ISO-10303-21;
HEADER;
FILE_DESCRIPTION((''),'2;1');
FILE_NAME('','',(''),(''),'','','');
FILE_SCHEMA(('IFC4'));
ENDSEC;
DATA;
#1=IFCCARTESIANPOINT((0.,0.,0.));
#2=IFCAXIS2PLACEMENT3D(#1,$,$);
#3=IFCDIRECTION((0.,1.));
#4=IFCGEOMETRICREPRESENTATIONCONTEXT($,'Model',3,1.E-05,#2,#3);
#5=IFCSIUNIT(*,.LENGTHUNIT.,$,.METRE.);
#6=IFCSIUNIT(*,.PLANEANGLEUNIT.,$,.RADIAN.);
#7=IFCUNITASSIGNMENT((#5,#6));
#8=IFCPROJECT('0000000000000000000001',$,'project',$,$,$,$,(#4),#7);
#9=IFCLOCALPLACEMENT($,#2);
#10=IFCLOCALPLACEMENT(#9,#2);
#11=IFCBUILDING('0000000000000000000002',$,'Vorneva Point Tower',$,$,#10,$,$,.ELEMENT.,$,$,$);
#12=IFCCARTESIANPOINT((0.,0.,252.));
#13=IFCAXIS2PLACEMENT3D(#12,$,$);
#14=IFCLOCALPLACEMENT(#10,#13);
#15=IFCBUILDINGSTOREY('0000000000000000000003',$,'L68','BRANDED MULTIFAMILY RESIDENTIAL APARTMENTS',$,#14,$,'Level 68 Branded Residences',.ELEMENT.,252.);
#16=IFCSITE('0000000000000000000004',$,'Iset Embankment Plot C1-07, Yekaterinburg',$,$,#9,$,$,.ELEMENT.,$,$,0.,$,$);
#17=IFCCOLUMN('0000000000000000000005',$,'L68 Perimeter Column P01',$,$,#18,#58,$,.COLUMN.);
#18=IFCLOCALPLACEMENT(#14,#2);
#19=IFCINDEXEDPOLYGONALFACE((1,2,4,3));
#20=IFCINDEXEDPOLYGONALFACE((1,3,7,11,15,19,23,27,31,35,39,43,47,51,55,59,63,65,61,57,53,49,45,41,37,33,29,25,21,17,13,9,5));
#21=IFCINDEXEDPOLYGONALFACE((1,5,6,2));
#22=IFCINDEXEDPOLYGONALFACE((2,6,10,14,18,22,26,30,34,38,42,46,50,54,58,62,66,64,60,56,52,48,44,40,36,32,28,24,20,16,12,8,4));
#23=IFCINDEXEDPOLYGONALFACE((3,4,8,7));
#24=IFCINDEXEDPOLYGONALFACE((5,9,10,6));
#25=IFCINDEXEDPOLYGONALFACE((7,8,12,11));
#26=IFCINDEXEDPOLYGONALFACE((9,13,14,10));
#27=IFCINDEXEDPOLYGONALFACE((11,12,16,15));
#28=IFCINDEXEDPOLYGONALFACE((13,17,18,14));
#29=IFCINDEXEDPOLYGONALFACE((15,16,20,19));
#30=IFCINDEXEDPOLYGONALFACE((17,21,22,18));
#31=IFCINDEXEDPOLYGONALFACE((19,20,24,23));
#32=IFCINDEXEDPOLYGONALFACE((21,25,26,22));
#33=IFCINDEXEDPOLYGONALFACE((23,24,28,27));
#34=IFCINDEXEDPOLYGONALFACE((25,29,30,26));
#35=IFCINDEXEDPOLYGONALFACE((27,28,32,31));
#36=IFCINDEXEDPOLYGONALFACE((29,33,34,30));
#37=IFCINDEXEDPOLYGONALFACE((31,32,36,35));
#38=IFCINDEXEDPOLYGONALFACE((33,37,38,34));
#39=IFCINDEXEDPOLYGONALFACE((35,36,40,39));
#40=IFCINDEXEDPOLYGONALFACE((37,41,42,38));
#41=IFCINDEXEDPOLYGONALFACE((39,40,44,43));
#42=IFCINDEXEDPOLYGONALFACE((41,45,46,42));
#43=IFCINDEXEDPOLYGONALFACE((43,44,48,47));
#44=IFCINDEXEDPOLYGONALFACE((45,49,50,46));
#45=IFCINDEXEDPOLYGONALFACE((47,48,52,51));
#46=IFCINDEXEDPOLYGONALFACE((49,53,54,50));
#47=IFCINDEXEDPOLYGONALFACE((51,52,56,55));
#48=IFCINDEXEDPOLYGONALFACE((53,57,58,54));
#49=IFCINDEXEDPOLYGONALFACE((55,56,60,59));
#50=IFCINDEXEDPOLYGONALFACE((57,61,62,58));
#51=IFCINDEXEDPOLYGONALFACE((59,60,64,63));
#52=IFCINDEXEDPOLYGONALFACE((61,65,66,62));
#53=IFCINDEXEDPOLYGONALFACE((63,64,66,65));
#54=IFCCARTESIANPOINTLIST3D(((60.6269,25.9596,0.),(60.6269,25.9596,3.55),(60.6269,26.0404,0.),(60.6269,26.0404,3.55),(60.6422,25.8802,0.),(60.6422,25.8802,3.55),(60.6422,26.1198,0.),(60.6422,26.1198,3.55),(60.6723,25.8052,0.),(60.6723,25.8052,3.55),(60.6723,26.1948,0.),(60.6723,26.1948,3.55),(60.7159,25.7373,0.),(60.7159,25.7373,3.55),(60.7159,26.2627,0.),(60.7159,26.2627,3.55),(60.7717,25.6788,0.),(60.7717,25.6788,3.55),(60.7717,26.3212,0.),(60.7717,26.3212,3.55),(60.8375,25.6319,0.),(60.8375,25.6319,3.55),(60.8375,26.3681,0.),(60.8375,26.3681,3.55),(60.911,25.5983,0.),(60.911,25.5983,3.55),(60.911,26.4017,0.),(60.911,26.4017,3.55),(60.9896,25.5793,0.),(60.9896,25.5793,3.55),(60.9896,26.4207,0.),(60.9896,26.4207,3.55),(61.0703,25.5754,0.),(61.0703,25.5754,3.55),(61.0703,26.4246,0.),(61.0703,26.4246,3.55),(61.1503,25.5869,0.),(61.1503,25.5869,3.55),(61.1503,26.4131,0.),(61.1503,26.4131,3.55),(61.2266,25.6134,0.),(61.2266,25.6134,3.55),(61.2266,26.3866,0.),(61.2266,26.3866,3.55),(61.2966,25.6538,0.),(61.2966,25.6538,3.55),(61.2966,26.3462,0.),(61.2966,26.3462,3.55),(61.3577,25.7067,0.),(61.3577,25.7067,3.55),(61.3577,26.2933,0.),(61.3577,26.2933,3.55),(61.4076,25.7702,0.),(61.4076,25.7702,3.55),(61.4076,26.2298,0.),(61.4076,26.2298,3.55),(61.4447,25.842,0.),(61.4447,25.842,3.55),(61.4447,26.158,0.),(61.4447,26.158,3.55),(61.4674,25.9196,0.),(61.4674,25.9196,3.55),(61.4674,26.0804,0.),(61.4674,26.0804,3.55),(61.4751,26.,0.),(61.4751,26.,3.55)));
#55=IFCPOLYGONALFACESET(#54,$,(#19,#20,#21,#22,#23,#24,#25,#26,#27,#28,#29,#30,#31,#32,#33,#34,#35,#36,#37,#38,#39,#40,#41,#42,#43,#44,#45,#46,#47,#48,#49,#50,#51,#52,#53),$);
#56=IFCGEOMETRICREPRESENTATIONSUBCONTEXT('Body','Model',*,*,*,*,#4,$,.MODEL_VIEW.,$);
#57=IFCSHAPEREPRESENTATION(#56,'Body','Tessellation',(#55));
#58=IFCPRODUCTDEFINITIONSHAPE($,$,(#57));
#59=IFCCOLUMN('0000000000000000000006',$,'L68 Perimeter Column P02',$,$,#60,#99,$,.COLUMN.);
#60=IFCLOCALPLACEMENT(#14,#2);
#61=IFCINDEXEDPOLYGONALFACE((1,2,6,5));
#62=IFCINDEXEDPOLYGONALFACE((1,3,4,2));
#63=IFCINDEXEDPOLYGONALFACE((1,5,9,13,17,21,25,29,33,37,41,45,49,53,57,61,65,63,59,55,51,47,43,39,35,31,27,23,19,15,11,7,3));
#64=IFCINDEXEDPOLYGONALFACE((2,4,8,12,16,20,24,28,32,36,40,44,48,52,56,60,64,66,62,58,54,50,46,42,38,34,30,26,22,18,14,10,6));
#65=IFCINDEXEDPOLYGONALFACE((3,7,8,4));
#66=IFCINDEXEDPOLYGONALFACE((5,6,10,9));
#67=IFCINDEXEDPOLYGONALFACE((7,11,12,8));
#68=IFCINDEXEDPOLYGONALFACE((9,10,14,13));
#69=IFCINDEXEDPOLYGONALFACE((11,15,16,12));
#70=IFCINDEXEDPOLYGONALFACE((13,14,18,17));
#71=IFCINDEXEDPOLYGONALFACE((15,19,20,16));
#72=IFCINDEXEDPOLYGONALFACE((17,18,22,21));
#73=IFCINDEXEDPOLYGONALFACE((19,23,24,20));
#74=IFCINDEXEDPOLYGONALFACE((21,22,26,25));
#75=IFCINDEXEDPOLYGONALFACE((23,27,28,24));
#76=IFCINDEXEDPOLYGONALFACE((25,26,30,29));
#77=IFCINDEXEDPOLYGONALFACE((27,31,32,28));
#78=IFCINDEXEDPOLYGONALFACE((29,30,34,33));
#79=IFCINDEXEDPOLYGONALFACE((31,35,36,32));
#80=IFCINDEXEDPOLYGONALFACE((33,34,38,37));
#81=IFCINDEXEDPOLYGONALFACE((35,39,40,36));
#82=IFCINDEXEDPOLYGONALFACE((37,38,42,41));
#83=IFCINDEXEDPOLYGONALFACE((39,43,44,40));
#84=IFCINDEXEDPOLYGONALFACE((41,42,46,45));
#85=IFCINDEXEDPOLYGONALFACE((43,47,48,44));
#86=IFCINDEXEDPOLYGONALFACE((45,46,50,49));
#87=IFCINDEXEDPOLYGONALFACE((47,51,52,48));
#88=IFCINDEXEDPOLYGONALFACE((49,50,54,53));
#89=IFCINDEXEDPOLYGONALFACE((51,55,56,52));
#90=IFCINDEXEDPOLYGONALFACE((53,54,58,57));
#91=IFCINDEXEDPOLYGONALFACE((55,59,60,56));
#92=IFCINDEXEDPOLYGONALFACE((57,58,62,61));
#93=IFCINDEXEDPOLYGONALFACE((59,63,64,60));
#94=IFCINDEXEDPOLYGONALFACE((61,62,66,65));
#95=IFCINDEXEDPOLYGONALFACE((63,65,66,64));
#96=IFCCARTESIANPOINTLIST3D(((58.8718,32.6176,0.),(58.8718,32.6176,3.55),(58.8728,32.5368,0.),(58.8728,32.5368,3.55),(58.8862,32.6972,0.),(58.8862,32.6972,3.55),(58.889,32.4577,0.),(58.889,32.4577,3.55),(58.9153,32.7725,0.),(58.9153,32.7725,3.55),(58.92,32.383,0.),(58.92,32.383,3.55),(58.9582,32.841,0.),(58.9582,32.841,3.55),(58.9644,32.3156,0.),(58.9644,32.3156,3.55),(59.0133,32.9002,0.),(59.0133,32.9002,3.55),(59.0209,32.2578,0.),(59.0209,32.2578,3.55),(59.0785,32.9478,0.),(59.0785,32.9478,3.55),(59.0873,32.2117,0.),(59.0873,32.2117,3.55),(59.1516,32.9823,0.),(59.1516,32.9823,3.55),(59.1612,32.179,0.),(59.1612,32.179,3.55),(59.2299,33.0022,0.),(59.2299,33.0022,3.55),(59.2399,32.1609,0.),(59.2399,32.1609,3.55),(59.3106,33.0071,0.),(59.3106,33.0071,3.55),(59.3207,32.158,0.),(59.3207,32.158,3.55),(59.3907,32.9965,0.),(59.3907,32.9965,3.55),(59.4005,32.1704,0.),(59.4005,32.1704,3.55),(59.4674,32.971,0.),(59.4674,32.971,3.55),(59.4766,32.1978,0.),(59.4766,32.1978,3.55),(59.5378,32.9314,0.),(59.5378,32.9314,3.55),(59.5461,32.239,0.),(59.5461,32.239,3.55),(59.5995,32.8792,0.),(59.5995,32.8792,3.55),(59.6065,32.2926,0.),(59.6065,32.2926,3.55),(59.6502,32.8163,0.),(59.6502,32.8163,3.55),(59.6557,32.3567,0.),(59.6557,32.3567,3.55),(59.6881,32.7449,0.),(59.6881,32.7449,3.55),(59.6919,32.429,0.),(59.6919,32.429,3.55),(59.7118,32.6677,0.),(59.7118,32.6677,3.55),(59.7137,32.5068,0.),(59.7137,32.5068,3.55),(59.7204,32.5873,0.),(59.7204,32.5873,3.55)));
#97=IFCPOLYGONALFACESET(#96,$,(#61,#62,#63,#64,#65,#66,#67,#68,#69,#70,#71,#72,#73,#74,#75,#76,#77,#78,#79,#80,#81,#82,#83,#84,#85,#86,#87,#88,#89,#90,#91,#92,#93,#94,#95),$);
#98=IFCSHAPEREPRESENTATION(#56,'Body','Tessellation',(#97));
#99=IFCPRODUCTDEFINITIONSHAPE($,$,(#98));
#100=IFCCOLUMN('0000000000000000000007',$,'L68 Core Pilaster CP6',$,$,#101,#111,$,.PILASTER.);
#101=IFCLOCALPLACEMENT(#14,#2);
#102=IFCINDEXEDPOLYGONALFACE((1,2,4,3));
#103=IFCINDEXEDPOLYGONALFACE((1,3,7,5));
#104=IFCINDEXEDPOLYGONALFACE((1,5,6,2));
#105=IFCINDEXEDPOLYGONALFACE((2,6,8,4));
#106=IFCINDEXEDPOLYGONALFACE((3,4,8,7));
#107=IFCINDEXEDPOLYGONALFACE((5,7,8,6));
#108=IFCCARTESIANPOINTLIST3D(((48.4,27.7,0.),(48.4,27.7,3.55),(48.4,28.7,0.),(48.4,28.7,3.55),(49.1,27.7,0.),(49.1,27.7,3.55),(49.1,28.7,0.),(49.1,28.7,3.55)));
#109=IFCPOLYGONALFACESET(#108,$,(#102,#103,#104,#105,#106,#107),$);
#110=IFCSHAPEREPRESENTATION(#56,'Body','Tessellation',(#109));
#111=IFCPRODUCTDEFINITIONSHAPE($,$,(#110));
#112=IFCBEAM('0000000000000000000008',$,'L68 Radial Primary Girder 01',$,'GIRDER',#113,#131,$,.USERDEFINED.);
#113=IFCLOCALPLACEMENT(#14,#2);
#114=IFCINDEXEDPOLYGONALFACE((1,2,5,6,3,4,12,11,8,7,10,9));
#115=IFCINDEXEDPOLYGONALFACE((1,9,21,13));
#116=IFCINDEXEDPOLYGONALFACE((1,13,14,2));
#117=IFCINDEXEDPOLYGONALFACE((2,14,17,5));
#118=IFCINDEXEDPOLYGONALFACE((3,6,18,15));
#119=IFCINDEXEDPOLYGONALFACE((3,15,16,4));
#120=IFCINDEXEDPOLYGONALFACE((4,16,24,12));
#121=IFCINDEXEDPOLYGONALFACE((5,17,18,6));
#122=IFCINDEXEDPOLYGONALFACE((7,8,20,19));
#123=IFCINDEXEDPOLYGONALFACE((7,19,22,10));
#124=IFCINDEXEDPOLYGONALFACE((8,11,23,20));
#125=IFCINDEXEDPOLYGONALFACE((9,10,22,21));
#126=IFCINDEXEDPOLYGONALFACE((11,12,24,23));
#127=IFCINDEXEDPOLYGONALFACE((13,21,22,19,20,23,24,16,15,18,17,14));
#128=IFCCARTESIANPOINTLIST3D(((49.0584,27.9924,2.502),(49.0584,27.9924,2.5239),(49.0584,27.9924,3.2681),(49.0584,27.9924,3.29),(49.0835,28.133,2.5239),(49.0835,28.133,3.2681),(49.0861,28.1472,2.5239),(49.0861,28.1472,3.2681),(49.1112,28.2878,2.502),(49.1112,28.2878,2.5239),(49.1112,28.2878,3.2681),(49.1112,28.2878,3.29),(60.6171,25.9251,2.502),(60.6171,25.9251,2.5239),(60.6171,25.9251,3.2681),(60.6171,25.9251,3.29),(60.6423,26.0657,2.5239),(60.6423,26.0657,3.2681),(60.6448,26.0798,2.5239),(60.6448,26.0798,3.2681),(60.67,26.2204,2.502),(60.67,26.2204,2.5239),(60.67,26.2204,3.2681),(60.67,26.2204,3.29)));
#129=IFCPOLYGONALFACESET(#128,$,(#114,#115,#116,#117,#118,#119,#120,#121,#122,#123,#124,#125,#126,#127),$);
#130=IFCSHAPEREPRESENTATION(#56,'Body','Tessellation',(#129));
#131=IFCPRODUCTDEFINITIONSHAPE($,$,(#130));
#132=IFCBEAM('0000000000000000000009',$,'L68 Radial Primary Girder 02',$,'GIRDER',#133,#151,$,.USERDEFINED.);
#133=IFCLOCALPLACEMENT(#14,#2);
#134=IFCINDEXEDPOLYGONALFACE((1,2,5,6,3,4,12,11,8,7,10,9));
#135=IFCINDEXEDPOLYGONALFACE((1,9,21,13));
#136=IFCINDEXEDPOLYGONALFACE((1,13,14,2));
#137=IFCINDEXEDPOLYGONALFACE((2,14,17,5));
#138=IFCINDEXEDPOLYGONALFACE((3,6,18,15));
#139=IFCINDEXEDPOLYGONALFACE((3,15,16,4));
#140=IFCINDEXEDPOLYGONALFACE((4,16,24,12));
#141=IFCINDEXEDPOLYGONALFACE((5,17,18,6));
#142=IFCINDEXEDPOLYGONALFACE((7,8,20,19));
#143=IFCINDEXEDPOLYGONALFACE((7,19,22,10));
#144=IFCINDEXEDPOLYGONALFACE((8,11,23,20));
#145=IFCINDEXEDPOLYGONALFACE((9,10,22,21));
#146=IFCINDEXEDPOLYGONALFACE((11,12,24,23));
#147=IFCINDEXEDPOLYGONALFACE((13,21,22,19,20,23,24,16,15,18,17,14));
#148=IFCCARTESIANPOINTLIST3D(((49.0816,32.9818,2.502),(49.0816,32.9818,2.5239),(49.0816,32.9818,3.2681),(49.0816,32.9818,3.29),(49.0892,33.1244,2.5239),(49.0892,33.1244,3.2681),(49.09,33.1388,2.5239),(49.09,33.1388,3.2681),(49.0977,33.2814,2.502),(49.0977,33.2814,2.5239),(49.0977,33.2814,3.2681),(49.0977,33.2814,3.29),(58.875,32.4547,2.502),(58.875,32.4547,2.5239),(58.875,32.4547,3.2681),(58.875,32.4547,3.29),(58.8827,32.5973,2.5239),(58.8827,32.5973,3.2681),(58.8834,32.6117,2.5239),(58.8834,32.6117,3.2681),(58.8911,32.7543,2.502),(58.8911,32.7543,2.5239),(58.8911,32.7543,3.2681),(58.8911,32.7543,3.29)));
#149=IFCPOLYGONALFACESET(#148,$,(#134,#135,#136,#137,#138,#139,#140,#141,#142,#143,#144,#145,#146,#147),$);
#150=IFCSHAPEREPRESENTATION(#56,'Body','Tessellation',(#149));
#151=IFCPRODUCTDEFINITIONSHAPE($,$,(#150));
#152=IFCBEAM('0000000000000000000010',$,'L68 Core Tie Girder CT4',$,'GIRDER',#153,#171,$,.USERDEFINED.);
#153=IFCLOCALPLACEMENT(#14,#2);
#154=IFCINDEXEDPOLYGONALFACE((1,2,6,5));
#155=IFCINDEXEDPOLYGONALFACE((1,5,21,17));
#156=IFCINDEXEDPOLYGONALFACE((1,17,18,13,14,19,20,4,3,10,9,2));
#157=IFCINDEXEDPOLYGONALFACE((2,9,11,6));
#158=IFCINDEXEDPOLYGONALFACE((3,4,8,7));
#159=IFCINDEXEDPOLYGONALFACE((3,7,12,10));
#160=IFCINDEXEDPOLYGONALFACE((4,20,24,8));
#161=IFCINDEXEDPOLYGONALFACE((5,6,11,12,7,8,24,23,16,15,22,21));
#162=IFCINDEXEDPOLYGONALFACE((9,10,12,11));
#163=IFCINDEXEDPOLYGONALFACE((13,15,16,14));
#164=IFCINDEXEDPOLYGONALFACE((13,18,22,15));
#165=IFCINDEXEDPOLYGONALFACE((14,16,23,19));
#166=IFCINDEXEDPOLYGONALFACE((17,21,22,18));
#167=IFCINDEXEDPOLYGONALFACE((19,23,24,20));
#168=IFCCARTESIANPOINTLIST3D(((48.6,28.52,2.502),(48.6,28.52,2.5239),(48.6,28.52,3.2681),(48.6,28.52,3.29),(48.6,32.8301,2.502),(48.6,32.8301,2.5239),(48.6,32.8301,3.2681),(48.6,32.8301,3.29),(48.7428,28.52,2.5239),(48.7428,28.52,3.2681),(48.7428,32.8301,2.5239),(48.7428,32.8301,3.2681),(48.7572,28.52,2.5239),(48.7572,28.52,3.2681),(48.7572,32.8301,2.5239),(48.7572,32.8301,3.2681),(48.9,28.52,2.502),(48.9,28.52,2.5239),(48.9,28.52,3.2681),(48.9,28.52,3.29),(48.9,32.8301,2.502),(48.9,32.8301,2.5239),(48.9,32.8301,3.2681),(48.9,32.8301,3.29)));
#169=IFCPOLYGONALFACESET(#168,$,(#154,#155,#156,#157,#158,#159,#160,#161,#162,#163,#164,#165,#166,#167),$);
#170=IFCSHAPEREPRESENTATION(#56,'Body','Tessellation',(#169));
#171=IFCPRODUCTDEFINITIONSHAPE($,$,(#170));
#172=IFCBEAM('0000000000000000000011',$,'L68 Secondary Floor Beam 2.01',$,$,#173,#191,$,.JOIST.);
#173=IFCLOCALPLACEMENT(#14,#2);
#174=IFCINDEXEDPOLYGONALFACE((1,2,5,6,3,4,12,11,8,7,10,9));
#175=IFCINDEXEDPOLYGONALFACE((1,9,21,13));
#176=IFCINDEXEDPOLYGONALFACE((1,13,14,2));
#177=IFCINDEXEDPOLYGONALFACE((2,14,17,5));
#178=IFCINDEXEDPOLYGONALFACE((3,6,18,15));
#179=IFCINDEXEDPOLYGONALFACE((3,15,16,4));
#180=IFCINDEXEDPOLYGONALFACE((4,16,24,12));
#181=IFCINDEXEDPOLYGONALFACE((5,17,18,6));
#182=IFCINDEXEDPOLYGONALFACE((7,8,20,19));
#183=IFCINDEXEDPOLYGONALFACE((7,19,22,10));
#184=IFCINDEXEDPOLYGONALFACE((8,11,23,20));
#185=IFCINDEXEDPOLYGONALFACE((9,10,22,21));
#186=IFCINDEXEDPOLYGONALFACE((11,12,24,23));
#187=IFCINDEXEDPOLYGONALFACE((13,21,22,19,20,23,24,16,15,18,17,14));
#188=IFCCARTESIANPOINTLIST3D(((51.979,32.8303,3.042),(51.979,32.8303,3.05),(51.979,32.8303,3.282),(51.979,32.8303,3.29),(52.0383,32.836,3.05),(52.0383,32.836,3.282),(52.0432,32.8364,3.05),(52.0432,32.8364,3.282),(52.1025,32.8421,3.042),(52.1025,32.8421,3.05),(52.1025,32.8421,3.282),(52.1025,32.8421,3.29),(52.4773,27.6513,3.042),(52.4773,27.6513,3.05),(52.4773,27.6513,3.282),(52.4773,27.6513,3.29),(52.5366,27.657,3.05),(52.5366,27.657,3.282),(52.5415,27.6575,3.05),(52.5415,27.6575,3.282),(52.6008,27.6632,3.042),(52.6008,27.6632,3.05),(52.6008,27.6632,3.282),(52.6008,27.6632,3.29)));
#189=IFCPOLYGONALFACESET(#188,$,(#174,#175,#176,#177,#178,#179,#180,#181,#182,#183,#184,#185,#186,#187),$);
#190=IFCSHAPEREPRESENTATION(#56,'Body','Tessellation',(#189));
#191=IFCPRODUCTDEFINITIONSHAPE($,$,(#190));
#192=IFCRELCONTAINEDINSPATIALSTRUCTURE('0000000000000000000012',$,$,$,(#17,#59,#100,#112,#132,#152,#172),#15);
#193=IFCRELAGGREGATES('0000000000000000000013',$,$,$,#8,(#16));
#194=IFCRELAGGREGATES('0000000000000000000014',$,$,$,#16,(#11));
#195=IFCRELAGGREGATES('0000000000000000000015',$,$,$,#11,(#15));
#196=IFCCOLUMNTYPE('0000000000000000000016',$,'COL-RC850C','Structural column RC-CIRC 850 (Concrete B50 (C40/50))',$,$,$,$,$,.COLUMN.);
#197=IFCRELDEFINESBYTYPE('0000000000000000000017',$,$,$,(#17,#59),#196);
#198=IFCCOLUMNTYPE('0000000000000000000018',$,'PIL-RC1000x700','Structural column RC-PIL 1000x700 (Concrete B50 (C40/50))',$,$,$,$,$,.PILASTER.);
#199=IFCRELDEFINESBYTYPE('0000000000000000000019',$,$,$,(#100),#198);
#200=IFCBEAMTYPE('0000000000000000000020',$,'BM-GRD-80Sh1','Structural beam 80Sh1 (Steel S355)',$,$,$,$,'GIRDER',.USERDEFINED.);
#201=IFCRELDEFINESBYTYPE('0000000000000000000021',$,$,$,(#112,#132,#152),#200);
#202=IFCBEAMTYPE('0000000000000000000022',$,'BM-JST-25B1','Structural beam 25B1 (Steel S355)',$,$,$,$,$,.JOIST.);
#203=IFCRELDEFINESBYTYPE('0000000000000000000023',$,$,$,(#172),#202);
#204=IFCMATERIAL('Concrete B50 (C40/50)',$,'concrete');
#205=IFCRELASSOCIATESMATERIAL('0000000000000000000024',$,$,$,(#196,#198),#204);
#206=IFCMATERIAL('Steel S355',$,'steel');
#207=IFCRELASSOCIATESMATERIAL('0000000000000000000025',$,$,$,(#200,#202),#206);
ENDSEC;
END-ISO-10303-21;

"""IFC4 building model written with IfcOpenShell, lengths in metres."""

from ifc_helpers import new_model, si_unit, direction, frame, origin, origin_2d, place, context, subcontext, project, spatial, rectangle, circle, i_section, extrude, material, material_profile, profile_set, type_object, element, save


model = new_model("IFC4")

# Units and contexts
model_context = context("Model", 3, precision=1e-05, world=origin(), true_north=direction((0.0, 1.0)))
body_context = subcontext(model_context, "Body", "Model", "MODEL_VIEW")
ifc_project = project(units=[si_unit("LENGTHUNIT", "METRE"), si_unit("PLANEANGLEUNIT", "RADIAN")], contexts=[model_context])

# Site, building, storey
site_placement = place(None, origin())
site = spatial("IfcSite", under=ifc_project, at=site_placement, Name="Iset Embankment Plot C1-07, Yekaterinburg", CompositionType="ELEMENT", RefElevation=0.0)
building_placement = place(site_placement, origin())
building = spatial("IfcBuilding", under=site, at=building_placement, Name="Vorneva Point Tower", CompositionType="ELEMENT")
storey_placement = place(building_placement, frame((0.0, 0.0, 252.0)))
storey = spatial("IfcBuildingStorey", under=building, at=storey_placement, Name="L68", Description="BRANDED MULTIFAMILY RESIDENTIAL APARTMENTS", LongName="Level 68 Branded Residences", CompositionType="ELEMENT", Elevation=252.0)

# Columns
ifc_material_1 = material(Name="Concrete B50 (C40/50)", Category="concrete")
ifc_material_profile_1 = material_profile(ifc_material_1, circle(Radius=0.425, at=origin_2d()), Name="RC-CIRC 850")
ifc_profile_set_1 = profile_set([ifc_material_profile_1], Name="Concrete B50 (C40/50)")
column_type_1 = type_object("IfcColumnType", Name="COL-RC850C", Description="Structural column RC-CIRC 850 (Concrete B50 (C40/50))", PredefinedType="COLUMN", material=ifc_profile_set_1)
for number, where, z_axis, x_axis, name in (
    (1, (61.05, 26.0, 0.0), (0.0, 0.0, 1.0), (1.0, 0.0, 0.0), "L68 Perimeter Column P01"),
    (2, (59.2954, 32.5823, 0.0), (0.0, 0.0, 1.0), (0.92388, 0.382683, 0.0), "L68 Perimeter Column P02"),
):
    element("IfcColumn", number, at=place(storey_placement, frame(where, z_axis=z_axis, x_axis=x_axis)), inside=storey, type_object=column_type_1, Name=name, PredefinedType="COLUMN", context=body_context, shape_type="SweptSolid", body=[
        extrude(circle(Radius=0.425, at=origin_2d()), origin(), (0.0, 0.0, 1.0), 3.55),
    ])
ifc_material_profile_2 = material_profile(ifc_material_1, rectangle(XDim=0.7, YDim=1.0, at=origin_2d()), Name="RC-PIL 1000x700")
ifc_profile_set_2 = profile_set([ifc_material_profile_2], Name="Concrete B50 (C40/50)")
column_type_2 = type_object("IfcColumnType", Name="PIL-RC1000x700", Description="Structural column RC-PIL 1000x700 (Concrete B50 (C40/50))", PredefinedType="PILASTER", material=ifc_profile_set_2)
column_placement = place(storey_placement, frame((48.75, 28.2, 0.0), z_axis=(0.0, 0.0, 1.0), x_axis=(1.0, 0.0, 0.0)))
element("IfcColumn", 3, at=column_placement, inside=storey, type_object=column_type_2, Name="L68 Core Pilaster CP6", PredefinedType="PILASTER", context=body_context, shape_type="SweptSolid", body=[
    extrude(rectangle(XDim=0.7, YDim=1.0, at=origin_2d()), origin(), (0.0, 0.0, 1.0), 3.55),
])

# Beams
ifc_material_2 = material(Name="Steel S355", Category="steel")
ifc_material_profile_3 = material_profile(ifc_material_2, i_section(OverallWidth=0.3, OverallDepth=0.7881, WebThickness=0.0144, FlangeThickness=0.022, at=origin_2d()), Name="80Sh1")
ifc_profile_set_3 = profile_set([ifc_material_profile_3], Name="Steel S355")
beam_type_1 = type_object("IfcBeamType", Name="BM-GRD-80Sh1", Description="Structural beam 80Sh1 (Steel S355)", ElementType="GIRDER", PredefinedType="USERDEFINED", material=ifc_profile_set_3)
beam_1_placement = place(storey_placement, frame((60.6436, 26.0728, 2.896), z_axis=(-0.984379, 0.176063, 0.0), x_axis=(-0.176063, -0.984379, 0.0)))
element("IfcBeam", 4, at=beam_1_placement, inside=storey, type_object=beam_type_1, Name="L68 Radial Primary Girder 01", ObjectType="GIRDER", PredefinedType="USERDEFINED", context=body_context, shape_type="SweptSolid", body=[
    extrude(i_section(OverallWidth=0.3, OverallDepth=0.7881, WebThickness=0.0144, FlangeThickness=0.022, at=origin_2d()), origin(), (0.0, 0.0, 1.0), 11.7422),
])
beam_2_placement = place(storey_placement, frame((58.8831, 32.6045, 2.896), z_axis=(-0.998555, 0.053744, 0.0), x_axis=(-0.053744, -0.998555, 0.0)))
element("IfcBeam", 5, at=beam_2_placement, inside=storey, type_object=beam_type_1, Name="L68 Radial Primary Girder 02", ObjectType="GIRDER", PredefinedType="USERDEFINED", context=body_context, shape_type="SweptSolid", body=[
    extrude(i_section(OverallWidth=0.3, OverallDepth=0.7881, WebThickness=0.0144, FlangeThickness=0.022, at=origin_2d()), origin(), (0.0, 0.0, 1.0), 9.8076),
])
beam_3_placement = place(storey_placement, frame((48.75, 28.52, 2.896), z_axis=(0.0, 1.0, 0.0), x_axis=(-1.0, 0.0, 0.0)))
element("IfcBeam", 6, at=beam_3_placement, inside=storey, type_object=beam_type_1, Name="L68 Core Tie Girder CT4", ObjectType="GIRDER", PredefinedType="USERDEFINED", context=body_context, shape_type="SweptSolid", body=[
    extrude(i_section(OverallWidth=0.3, OverallDepth=0.7881, WebThickness=0.0144, FlangeThickness=0.022, at=origin_2d()), origin(), (0.0, 0.0, 1.0), 4.3101),
])
ifc_material_profile_4 = material_profile(ifc_material_2, i_section(OverallWidth=0.124, OverallDepth=0.248, WebThickness=0.0049, FlangeThickness=0.0081, at=origin_2d()), Name="25B1")
ifc_profile_set_4 = profile_set([ifc_material_profile_4], Name="Steel S355")
beam_type_2 = type_object("IfcBeamType", Name="BM-JST-25B1", Description="Structural beam 25B1 (Steel S355)", PredefinedType="JOIST", material=ifc_profile_set_4)
beam_4_placement = place(storey_placement, frame((52.5391, 27.6572, 3.166), z_axis=(-0.095772, 0.995403, 0.0), x_axis=(-0.995403, -0.095772, 0.0)))
element("IfcBeam", 7, at=beam_4_placement, inside=storey, type_object=beam_type_2, Name="L68 Secondary Floor Beam 2.01", PredefinedType="JOIST", context=body_context, shape_type="SweptSolid", body=[
    extrude(i_section(OverallWidth=0.124, OverallDepth=0.248, WebThickness=0.0049, FlangeThickness=0.0081, at=origin_2d()), origin(), (0.0, 0.0, 1.0), 5.2029),
])

save(model, "model.ifc")
